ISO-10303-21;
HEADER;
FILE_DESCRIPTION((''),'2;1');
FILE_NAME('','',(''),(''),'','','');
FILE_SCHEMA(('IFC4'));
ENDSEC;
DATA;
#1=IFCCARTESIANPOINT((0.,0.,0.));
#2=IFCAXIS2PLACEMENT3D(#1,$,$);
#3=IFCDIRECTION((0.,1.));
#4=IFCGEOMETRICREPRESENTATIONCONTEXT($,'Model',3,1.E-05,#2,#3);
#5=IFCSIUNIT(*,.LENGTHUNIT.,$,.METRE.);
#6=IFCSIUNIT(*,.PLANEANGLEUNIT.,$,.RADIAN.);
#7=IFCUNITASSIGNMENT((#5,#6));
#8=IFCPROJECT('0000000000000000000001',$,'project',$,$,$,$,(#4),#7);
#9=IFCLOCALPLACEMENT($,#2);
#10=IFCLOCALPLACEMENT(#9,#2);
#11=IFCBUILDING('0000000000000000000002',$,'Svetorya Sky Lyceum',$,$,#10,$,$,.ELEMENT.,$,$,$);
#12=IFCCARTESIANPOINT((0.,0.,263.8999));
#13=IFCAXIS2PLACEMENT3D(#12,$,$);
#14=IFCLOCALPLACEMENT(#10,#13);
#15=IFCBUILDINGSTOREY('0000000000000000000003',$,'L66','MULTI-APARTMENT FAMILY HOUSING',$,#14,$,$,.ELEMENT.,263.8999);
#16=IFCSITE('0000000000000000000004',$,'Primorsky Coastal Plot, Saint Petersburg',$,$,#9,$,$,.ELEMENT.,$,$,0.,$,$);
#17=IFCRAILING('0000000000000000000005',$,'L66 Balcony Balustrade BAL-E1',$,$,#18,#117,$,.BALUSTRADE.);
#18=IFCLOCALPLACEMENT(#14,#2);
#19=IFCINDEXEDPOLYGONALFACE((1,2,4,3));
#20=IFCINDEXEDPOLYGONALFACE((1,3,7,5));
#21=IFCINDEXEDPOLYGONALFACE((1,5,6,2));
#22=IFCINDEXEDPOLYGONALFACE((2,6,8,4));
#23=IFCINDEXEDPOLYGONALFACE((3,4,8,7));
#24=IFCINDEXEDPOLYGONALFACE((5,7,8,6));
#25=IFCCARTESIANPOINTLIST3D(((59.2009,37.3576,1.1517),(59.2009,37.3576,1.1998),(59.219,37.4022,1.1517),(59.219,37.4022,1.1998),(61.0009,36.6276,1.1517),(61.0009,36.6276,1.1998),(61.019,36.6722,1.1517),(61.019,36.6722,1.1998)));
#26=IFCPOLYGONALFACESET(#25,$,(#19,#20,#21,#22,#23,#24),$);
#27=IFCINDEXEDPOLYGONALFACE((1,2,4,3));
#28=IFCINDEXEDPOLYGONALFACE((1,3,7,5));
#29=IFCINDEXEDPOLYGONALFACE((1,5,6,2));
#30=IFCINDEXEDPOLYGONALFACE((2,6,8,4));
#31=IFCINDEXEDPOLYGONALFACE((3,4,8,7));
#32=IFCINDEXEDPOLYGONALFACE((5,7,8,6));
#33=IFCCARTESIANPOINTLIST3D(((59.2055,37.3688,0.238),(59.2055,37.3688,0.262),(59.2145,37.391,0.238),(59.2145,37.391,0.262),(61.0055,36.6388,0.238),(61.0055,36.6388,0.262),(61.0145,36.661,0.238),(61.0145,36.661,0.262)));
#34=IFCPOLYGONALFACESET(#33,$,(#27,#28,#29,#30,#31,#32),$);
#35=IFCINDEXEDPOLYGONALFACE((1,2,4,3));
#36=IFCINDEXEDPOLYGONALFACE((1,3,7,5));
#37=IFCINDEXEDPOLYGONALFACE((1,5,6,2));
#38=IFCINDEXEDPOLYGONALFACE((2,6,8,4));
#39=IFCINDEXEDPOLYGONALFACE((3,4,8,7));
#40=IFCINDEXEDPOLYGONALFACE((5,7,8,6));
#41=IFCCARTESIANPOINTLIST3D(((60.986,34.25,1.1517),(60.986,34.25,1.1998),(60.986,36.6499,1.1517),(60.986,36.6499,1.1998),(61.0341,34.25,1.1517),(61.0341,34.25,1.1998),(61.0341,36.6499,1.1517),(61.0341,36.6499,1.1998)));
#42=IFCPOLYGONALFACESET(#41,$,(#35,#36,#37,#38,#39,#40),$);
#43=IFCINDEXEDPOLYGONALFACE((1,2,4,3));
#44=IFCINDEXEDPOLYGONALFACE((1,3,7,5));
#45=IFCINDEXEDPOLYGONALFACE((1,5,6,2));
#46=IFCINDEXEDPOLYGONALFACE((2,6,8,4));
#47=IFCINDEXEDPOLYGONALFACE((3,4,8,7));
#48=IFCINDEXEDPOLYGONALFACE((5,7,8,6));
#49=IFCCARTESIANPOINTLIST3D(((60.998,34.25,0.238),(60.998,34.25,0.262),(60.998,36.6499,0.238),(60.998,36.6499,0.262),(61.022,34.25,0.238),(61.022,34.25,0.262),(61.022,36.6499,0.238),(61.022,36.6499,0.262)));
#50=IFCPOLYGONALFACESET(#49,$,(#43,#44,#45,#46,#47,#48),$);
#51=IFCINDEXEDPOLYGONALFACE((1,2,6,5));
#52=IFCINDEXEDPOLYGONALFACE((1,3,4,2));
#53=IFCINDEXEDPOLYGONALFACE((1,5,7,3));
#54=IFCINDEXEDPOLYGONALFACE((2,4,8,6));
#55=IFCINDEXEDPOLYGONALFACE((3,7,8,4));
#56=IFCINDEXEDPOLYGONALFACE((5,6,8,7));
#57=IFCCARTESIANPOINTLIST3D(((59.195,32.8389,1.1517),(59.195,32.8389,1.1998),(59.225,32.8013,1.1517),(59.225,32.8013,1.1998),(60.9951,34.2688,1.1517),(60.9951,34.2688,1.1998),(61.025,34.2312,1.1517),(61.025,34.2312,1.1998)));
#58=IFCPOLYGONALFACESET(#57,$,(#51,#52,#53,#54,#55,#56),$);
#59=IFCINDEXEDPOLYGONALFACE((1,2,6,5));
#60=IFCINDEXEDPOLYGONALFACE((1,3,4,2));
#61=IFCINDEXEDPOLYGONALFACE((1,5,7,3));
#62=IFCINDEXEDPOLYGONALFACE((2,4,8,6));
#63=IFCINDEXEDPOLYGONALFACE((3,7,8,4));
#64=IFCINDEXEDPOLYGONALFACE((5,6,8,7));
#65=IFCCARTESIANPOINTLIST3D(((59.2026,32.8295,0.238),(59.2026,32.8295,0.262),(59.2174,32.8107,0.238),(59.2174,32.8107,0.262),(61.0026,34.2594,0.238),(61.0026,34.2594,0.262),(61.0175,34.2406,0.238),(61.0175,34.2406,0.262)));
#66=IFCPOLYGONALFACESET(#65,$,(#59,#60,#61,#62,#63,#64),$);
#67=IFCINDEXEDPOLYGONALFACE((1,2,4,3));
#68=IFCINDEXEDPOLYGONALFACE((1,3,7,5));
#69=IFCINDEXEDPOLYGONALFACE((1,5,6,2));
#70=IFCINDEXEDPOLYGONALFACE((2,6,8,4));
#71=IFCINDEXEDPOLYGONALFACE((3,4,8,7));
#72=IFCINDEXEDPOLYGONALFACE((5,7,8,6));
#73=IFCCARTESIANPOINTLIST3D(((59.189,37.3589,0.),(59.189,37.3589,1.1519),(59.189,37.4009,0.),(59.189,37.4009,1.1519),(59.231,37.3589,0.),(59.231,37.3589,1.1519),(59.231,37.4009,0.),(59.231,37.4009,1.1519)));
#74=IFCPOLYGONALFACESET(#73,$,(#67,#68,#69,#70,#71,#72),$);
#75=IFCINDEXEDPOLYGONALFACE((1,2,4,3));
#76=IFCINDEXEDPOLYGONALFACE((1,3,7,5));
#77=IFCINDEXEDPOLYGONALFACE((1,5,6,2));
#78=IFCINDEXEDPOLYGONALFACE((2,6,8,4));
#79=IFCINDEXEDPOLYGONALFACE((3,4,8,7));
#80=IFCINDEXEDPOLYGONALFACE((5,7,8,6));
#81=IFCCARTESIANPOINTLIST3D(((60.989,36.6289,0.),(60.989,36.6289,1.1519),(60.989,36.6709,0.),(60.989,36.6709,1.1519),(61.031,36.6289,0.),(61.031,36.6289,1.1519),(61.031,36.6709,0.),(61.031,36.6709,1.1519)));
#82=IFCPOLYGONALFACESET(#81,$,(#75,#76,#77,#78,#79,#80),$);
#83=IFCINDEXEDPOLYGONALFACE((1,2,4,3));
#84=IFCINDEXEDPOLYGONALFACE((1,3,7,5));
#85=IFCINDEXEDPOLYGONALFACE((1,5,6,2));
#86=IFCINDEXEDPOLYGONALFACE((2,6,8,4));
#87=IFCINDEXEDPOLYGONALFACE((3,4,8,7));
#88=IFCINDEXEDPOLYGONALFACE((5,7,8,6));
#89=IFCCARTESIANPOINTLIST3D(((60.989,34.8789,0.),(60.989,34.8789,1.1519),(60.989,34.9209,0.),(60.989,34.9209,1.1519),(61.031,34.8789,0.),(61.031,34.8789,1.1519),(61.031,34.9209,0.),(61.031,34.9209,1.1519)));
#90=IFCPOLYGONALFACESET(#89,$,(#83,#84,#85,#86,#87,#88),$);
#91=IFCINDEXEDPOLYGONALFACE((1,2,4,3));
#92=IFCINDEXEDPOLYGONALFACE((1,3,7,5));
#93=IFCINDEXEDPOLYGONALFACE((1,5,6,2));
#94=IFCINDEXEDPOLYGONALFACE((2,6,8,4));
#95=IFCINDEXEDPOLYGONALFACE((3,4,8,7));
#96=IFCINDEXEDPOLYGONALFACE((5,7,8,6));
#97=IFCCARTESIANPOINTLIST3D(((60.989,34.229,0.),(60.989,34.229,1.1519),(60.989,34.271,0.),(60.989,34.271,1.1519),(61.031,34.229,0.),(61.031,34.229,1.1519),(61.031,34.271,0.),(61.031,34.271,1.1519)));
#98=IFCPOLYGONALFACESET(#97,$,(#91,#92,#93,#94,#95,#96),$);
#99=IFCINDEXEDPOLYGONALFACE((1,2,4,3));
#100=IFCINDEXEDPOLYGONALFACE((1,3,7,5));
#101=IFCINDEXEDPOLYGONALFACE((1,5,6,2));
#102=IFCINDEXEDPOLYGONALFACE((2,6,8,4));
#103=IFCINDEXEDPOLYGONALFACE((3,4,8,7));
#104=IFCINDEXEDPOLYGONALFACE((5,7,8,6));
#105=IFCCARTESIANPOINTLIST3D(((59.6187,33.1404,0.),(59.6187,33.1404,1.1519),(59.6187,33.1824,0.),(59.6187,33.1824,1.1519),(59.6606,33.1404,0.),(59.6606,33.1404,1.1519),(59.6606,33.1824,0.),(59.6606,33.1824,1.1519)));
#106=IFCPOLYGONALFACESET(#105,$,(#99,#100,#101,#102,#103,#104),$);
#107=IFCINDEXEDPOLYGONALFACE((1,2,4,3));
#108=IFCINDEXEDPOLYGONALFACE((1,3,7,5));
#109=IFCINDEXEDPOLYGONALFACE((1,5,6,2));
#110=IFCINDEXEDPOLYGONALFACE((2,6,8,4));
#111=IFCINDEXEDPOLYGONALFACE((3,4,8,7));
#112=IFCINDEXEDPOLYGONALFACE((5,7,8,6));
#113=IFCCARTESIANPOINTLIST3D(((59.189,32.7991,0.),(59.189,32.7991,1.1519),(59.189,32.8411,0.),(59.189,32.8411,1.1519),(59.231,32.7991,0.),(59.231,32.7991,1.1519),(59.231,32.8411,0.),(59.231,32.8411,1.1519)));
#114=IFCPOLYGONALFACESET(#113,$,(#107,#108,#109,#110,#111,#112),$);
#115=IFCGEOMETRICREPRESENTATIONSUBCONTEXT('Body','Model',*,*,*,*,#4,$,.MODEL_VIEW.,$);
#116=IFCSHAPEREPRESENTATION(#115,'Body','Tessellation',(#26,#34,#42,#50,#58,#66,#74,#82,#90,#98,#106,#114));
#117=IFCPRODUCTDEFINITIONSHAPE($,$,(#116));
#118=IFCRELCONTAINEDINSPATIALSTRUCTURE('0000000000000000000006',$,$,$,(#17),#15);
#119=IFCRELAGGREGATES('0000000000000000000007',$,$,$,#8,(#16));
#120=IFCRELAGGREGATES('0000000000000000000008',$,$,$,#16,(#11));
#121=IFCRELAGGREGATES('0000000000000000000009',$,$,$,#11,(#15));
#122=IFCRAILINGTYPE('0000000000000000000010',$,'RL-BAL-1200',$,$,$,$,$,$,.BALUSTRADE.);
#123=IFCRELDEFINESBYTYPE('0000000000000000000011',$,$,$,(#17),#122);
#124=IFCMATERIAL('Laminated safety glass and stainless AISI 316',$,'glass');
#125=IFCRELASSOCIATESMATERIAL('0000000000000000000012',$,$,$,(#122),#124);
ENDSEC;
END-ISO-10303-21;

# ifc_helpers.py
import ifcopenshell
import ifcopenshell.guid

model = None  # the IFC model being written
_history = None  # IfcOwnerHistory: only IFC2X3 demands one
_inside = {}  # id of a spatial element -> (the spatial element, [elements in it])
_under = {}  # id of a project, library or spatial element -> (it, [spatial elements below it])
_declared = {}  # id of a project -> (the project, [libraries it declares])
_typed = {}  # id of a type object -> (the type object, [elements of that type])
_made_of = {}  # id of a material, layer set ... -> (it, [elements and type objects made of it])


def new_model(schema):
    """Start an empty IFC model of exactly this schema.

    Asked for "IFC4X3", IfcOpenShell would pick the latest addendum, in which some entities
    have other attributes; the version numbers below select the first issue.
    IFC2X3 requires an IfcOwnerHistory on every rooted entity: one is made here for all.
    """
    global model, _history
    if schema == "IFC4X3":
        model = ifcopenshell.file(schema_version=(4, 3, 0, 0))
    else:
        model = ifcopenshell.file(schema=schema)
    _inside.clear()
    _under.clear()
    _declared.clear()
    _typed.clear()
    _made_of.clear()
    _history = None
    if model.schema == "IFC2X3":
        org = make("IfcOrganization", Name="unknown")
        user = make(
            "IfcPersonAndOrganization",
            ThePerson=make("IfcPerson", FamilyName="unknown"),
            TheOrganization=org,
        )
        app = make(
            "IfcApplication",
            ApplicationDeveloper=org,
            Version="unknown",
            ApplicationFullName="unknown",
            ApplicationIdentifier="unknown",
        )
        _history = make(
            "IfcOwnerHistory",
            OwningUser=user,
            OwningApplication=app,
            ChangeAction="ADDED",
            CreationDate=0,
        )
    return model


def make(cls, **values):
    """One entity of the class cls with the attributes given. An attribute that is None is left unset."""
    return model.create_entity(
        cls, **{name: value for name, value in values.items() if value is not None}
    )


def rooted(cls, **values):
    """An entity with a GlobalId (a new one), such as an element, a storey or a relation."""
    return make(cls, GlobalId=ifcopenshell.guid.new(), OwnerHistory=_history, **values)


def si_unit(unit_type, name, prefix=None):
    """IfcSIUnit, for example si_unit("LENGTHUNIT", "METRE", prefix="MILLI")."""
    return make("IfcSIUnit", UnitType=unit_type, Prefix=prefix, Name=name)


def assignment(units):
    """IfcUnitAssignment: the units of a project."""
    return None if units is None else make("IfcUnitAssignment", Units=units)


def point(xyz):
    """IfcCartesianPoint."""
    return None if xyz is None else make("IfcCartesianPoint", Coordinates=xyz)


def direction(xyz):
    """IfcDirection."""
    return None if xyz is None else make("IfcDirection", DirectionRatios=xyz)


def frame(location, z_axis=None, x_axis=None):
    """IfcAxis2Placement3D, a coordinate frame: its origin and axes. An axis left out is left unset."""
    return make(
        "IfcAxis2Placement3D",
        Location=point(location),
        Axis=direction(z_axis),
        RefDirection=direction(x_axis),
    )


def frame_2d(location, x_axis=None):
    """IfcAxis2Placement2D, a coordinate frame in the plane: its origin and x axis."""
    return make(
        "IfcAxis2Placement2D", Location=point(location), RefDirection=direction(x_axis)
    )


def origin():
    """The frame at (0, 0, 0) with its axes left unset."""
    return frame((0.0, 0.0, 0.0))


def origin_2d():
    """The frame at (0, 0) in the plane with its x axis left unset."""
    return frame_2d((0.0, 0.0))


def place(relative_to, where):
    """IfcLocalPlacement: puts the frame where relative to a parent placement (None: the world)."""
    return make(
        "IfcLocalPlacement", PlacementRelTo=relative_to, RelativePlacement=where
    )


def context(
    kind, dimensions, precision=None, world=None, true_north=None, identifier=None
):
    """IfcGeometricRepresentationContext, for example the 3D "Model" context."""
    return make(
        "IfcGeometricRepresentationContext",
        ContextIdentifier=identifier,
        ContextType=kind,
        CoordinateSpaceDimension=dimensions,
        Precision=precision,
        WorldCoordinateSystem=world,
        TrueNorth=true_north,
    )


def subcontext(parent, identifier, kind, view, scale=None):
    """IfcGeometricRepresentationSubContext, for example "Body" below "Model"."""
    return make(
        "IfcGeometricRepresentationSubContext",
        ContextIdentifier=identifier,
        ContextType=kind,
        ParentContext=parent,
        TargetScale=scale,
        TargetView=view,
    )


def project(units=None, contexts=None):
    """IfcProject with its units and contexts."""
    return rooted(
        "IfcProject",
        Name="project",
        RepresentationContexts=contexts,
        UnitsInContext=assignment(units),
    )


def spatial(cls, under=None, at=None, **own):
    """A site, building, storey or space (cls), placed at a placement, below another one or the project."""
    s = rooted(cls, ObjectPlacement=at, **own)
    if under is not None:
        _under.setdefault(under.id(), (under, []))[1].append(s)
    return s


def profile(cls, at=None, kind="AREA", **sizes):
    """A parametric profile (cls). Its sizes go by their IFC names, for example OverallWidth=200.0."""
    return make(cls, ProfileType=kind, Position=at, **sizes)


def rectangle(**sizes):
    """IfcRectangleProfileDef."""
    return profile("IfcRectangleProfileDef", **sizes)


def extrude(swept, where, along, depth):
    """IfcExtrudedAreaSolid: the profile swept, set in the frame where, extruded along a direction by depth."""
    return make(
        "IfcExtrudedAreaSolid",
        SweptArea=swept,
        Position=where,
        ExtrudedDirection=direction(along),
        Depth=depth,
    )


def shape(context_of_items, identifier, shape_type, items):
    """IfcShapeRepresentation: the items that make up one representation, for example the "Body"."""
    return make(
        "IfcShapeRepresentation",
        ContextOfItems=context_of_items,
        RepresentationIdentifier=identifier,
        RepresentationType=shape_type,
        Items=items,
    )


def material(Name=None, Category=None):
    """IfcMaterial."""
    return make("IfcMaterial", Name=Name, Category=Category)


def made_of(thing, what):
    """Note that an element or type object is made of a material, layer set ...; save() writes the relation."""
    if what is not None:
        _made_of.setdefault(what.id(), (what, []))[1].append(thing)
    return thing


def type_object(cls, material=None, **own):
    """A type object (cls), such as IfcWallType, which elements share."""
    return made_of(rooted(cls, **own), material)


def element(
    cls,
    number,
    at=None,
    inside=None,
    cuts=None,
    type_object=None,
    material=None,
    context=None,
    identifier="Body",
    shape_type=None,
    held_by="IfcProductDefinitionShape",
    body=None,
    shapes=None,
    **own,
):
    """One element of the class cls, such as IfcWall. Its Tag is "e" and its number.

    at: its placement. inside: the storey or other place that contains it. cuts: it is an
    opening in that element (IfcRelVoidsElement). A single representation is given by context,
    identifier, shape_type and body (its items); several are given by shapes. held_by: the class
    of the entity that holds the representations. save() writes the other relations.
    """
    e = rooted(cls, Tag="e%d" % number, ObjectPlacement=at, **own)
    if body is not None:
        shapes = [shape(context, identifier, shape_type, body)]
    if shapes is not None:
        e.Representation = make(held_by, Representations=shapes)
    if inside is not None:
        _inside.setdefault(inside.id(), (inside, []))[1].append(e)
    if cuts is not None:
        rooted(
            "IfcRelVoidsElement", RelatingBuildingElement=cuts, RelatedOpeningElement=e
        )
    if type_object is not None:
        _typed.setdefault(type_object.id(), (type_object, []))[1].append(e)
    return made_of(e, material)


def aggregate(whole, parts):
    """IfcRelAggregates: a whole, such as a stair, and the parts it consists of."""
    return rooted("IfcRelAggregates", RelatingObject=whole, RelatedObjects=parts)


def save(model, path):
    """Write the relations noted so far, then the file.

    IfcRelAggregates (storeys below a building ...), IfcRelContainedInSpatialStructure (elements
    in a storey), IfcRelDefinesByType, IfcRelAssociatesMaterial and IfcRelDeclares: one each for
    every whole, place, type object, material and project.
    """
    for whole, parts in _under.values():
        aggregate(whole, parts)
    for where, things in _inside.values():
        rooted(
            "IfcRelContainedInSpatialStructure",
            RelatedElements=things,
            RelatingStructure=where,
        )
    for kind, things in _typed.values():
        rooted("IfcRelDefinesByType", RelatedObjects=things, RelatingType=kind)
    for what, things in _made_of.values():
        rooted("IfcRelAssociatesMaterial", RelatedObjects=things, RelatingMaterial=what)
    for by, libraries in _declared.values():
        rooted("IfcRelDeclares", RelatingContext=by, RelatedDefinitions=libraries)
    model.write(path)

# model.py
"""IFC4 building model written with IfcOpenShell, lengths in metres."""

from ifc_helpers import new_model, si_unit, direction, frame, origin, origin_2d, place, context, subcontext, project, spatial, rectangle, extrude, material, type_object, element, save


model = new_model("IFC4")

# Units and contexts
model_context = context("Model", 3, precision=1e-05, world=origin(), true_north=direction((0.0, 1.0)))
body_context = subcontext(model_context, "Body", "Model", "MODEL_VIEW")
ifc_project = project(units=[si_unit("LENGTHUNIT", "METRE"), si_unit("PLANEANGLEUNIT", "RADIAN")], contexts=[model_context])

# Site, building, storey
site_placement = place(None, origin())
site = spatial("IfcSite", under=ifc_project, at=site_placement, Name="Primorsky Coastal Plot, Saint Petersburg", CompositionType="ELEMENT", RefElevation=0.0)
building_placement = place(site_placement, origin())
building = spatial("IfcBuilding", under=site, at=building_placement, Name="Svetorya Sky Lyceum", CompositionType="ELEMENT")
storey_placement = place(building_placement, frame((0.0, 0.0, 263.8999)))
storey = spatial("IfcBuildingStorey", under=building, at=storey_placement, Name="L66", Description="MULTI-APARTMENT FAMILY HOUSING", CompositionType="ELEMENT", Elevation=263.8999)

# Railing
ifc_material_1 = material(Name="Laminated safety glass and stainless AISI 316", Category="glass")
railing_type = type_object("IfcRailingType", Name="RL-BAL-1200", PredefinedType="BALUSTRADE", material=ifc_material_1)
railing_placement = place(storey_placement, frame((59.21, 37.3799, 0.0)))
element("IfcRailing", 1, at=railing_placement, inside=storey, type_object=railing_type, Name="L66 Balcony Balustrade BAL-E1", PredefinedType="BALUSTRADE", context=body_context, shape_type="SweptSolid", body=[
    extrude(rectangle(XDim=0.0481, YDim=0.0481, at=origin_2d()), frame((0.0, 0.0, 1.1758), z_axis=(0.926698, -0.375807, 0.0), x_axis=(0.375807, 0.926698, 0.0)), (0.0, 0.0, 1.0), 1.9424),
    extrude(rectangle(XDim=0.0239, YDim=0.0239, at=origin_2d()), frame((0.0, 0.0, 0.25), z_axis=(0.926698, -0.375807, 0.0), x_axis=(0.375807, 0.926698, 0.0)), (0.0, 0.0, 1.0), 1.9424),
    extrude(rectangle(XDim=0.0481, YDim=0.0481, at=origin_2d()), frame((1.8, -0.73, 1.1758), z_axis=(0.0, -1.0, 0.0), x_axis=(1.0, 0.0, 0.0)), (0.0, 0.0, 1.0), 2.3999),
    extrude(rectangle(XDim=0.0239, YDim=0.0239, at=origin_2d()), frame((1.8, -0.73, 0.25), z_axis=(0.0, -1.0, 0.0), x_axis=(1.0, 0.0, 0.0)), (0.0, 0.0, 1.0), 2.3999),
    extrude(rectangle(XDim=0.0481, YDim=0.0481, at=origin_2d()), frame((1.8, -3.1299, 1.1758), z_axis=(-0.783009, -0.62201, 0.0), x_axis=(0.62201, -0.783009, 0.0)), (0.0, 0.0, 1.0), 2.2988),
    extrude(rectangle(XDim=0.0239, YDim=0.0239, at=origin_2d()), frame((1.8, -3.1299, 0.25), z_axis=(-0.783009, -0.62201, 0.0), x_axis=(0.62201, -0.783009, 0.0)), (0.0, 0.0, 1.0), 2.2988),
    extrude(rectangle(XDim=0.042, YDim=0.042, at=origin_2d()), origin(), (0.0, 0.0, 1.0), 1.1519),
    extrude(rectangle(XDim=0.042, YDim=0.042, at=origin_2d()), frame((1.8, -0.73, 0.0)), (0.0, 0.0, 1.0), 1.1519),
    extrude(rectangle(XDim=0.042, YDim=0.042, at=origin_2d()), frame((1.8, -2.48, 0.0)), (0.0, 0.0, 1.0), 1.1519),
    extrude(rectangle(XDim=0.042, YDim=0.042, at=origin_2d()), frame((1.8, -3.1299, 0.0)), (0.0, 0.0, 1.0), 1.1519),
    extrude(rectangle(XDim=0.042, YDim=0.042, at=origin_2d()), frame((0.4297, -4.2185, 0.0)), (0.0, 0.0, 1.0), 1.1519),
    extrude(rectangle(XDim=0.042, YDim=0.042, at=origin_2d()), frame((0.0, -4.5598, 0.0)), (0.0, 0.0, 1.0), 1.1519),
])

save(model, "model.ifc")
